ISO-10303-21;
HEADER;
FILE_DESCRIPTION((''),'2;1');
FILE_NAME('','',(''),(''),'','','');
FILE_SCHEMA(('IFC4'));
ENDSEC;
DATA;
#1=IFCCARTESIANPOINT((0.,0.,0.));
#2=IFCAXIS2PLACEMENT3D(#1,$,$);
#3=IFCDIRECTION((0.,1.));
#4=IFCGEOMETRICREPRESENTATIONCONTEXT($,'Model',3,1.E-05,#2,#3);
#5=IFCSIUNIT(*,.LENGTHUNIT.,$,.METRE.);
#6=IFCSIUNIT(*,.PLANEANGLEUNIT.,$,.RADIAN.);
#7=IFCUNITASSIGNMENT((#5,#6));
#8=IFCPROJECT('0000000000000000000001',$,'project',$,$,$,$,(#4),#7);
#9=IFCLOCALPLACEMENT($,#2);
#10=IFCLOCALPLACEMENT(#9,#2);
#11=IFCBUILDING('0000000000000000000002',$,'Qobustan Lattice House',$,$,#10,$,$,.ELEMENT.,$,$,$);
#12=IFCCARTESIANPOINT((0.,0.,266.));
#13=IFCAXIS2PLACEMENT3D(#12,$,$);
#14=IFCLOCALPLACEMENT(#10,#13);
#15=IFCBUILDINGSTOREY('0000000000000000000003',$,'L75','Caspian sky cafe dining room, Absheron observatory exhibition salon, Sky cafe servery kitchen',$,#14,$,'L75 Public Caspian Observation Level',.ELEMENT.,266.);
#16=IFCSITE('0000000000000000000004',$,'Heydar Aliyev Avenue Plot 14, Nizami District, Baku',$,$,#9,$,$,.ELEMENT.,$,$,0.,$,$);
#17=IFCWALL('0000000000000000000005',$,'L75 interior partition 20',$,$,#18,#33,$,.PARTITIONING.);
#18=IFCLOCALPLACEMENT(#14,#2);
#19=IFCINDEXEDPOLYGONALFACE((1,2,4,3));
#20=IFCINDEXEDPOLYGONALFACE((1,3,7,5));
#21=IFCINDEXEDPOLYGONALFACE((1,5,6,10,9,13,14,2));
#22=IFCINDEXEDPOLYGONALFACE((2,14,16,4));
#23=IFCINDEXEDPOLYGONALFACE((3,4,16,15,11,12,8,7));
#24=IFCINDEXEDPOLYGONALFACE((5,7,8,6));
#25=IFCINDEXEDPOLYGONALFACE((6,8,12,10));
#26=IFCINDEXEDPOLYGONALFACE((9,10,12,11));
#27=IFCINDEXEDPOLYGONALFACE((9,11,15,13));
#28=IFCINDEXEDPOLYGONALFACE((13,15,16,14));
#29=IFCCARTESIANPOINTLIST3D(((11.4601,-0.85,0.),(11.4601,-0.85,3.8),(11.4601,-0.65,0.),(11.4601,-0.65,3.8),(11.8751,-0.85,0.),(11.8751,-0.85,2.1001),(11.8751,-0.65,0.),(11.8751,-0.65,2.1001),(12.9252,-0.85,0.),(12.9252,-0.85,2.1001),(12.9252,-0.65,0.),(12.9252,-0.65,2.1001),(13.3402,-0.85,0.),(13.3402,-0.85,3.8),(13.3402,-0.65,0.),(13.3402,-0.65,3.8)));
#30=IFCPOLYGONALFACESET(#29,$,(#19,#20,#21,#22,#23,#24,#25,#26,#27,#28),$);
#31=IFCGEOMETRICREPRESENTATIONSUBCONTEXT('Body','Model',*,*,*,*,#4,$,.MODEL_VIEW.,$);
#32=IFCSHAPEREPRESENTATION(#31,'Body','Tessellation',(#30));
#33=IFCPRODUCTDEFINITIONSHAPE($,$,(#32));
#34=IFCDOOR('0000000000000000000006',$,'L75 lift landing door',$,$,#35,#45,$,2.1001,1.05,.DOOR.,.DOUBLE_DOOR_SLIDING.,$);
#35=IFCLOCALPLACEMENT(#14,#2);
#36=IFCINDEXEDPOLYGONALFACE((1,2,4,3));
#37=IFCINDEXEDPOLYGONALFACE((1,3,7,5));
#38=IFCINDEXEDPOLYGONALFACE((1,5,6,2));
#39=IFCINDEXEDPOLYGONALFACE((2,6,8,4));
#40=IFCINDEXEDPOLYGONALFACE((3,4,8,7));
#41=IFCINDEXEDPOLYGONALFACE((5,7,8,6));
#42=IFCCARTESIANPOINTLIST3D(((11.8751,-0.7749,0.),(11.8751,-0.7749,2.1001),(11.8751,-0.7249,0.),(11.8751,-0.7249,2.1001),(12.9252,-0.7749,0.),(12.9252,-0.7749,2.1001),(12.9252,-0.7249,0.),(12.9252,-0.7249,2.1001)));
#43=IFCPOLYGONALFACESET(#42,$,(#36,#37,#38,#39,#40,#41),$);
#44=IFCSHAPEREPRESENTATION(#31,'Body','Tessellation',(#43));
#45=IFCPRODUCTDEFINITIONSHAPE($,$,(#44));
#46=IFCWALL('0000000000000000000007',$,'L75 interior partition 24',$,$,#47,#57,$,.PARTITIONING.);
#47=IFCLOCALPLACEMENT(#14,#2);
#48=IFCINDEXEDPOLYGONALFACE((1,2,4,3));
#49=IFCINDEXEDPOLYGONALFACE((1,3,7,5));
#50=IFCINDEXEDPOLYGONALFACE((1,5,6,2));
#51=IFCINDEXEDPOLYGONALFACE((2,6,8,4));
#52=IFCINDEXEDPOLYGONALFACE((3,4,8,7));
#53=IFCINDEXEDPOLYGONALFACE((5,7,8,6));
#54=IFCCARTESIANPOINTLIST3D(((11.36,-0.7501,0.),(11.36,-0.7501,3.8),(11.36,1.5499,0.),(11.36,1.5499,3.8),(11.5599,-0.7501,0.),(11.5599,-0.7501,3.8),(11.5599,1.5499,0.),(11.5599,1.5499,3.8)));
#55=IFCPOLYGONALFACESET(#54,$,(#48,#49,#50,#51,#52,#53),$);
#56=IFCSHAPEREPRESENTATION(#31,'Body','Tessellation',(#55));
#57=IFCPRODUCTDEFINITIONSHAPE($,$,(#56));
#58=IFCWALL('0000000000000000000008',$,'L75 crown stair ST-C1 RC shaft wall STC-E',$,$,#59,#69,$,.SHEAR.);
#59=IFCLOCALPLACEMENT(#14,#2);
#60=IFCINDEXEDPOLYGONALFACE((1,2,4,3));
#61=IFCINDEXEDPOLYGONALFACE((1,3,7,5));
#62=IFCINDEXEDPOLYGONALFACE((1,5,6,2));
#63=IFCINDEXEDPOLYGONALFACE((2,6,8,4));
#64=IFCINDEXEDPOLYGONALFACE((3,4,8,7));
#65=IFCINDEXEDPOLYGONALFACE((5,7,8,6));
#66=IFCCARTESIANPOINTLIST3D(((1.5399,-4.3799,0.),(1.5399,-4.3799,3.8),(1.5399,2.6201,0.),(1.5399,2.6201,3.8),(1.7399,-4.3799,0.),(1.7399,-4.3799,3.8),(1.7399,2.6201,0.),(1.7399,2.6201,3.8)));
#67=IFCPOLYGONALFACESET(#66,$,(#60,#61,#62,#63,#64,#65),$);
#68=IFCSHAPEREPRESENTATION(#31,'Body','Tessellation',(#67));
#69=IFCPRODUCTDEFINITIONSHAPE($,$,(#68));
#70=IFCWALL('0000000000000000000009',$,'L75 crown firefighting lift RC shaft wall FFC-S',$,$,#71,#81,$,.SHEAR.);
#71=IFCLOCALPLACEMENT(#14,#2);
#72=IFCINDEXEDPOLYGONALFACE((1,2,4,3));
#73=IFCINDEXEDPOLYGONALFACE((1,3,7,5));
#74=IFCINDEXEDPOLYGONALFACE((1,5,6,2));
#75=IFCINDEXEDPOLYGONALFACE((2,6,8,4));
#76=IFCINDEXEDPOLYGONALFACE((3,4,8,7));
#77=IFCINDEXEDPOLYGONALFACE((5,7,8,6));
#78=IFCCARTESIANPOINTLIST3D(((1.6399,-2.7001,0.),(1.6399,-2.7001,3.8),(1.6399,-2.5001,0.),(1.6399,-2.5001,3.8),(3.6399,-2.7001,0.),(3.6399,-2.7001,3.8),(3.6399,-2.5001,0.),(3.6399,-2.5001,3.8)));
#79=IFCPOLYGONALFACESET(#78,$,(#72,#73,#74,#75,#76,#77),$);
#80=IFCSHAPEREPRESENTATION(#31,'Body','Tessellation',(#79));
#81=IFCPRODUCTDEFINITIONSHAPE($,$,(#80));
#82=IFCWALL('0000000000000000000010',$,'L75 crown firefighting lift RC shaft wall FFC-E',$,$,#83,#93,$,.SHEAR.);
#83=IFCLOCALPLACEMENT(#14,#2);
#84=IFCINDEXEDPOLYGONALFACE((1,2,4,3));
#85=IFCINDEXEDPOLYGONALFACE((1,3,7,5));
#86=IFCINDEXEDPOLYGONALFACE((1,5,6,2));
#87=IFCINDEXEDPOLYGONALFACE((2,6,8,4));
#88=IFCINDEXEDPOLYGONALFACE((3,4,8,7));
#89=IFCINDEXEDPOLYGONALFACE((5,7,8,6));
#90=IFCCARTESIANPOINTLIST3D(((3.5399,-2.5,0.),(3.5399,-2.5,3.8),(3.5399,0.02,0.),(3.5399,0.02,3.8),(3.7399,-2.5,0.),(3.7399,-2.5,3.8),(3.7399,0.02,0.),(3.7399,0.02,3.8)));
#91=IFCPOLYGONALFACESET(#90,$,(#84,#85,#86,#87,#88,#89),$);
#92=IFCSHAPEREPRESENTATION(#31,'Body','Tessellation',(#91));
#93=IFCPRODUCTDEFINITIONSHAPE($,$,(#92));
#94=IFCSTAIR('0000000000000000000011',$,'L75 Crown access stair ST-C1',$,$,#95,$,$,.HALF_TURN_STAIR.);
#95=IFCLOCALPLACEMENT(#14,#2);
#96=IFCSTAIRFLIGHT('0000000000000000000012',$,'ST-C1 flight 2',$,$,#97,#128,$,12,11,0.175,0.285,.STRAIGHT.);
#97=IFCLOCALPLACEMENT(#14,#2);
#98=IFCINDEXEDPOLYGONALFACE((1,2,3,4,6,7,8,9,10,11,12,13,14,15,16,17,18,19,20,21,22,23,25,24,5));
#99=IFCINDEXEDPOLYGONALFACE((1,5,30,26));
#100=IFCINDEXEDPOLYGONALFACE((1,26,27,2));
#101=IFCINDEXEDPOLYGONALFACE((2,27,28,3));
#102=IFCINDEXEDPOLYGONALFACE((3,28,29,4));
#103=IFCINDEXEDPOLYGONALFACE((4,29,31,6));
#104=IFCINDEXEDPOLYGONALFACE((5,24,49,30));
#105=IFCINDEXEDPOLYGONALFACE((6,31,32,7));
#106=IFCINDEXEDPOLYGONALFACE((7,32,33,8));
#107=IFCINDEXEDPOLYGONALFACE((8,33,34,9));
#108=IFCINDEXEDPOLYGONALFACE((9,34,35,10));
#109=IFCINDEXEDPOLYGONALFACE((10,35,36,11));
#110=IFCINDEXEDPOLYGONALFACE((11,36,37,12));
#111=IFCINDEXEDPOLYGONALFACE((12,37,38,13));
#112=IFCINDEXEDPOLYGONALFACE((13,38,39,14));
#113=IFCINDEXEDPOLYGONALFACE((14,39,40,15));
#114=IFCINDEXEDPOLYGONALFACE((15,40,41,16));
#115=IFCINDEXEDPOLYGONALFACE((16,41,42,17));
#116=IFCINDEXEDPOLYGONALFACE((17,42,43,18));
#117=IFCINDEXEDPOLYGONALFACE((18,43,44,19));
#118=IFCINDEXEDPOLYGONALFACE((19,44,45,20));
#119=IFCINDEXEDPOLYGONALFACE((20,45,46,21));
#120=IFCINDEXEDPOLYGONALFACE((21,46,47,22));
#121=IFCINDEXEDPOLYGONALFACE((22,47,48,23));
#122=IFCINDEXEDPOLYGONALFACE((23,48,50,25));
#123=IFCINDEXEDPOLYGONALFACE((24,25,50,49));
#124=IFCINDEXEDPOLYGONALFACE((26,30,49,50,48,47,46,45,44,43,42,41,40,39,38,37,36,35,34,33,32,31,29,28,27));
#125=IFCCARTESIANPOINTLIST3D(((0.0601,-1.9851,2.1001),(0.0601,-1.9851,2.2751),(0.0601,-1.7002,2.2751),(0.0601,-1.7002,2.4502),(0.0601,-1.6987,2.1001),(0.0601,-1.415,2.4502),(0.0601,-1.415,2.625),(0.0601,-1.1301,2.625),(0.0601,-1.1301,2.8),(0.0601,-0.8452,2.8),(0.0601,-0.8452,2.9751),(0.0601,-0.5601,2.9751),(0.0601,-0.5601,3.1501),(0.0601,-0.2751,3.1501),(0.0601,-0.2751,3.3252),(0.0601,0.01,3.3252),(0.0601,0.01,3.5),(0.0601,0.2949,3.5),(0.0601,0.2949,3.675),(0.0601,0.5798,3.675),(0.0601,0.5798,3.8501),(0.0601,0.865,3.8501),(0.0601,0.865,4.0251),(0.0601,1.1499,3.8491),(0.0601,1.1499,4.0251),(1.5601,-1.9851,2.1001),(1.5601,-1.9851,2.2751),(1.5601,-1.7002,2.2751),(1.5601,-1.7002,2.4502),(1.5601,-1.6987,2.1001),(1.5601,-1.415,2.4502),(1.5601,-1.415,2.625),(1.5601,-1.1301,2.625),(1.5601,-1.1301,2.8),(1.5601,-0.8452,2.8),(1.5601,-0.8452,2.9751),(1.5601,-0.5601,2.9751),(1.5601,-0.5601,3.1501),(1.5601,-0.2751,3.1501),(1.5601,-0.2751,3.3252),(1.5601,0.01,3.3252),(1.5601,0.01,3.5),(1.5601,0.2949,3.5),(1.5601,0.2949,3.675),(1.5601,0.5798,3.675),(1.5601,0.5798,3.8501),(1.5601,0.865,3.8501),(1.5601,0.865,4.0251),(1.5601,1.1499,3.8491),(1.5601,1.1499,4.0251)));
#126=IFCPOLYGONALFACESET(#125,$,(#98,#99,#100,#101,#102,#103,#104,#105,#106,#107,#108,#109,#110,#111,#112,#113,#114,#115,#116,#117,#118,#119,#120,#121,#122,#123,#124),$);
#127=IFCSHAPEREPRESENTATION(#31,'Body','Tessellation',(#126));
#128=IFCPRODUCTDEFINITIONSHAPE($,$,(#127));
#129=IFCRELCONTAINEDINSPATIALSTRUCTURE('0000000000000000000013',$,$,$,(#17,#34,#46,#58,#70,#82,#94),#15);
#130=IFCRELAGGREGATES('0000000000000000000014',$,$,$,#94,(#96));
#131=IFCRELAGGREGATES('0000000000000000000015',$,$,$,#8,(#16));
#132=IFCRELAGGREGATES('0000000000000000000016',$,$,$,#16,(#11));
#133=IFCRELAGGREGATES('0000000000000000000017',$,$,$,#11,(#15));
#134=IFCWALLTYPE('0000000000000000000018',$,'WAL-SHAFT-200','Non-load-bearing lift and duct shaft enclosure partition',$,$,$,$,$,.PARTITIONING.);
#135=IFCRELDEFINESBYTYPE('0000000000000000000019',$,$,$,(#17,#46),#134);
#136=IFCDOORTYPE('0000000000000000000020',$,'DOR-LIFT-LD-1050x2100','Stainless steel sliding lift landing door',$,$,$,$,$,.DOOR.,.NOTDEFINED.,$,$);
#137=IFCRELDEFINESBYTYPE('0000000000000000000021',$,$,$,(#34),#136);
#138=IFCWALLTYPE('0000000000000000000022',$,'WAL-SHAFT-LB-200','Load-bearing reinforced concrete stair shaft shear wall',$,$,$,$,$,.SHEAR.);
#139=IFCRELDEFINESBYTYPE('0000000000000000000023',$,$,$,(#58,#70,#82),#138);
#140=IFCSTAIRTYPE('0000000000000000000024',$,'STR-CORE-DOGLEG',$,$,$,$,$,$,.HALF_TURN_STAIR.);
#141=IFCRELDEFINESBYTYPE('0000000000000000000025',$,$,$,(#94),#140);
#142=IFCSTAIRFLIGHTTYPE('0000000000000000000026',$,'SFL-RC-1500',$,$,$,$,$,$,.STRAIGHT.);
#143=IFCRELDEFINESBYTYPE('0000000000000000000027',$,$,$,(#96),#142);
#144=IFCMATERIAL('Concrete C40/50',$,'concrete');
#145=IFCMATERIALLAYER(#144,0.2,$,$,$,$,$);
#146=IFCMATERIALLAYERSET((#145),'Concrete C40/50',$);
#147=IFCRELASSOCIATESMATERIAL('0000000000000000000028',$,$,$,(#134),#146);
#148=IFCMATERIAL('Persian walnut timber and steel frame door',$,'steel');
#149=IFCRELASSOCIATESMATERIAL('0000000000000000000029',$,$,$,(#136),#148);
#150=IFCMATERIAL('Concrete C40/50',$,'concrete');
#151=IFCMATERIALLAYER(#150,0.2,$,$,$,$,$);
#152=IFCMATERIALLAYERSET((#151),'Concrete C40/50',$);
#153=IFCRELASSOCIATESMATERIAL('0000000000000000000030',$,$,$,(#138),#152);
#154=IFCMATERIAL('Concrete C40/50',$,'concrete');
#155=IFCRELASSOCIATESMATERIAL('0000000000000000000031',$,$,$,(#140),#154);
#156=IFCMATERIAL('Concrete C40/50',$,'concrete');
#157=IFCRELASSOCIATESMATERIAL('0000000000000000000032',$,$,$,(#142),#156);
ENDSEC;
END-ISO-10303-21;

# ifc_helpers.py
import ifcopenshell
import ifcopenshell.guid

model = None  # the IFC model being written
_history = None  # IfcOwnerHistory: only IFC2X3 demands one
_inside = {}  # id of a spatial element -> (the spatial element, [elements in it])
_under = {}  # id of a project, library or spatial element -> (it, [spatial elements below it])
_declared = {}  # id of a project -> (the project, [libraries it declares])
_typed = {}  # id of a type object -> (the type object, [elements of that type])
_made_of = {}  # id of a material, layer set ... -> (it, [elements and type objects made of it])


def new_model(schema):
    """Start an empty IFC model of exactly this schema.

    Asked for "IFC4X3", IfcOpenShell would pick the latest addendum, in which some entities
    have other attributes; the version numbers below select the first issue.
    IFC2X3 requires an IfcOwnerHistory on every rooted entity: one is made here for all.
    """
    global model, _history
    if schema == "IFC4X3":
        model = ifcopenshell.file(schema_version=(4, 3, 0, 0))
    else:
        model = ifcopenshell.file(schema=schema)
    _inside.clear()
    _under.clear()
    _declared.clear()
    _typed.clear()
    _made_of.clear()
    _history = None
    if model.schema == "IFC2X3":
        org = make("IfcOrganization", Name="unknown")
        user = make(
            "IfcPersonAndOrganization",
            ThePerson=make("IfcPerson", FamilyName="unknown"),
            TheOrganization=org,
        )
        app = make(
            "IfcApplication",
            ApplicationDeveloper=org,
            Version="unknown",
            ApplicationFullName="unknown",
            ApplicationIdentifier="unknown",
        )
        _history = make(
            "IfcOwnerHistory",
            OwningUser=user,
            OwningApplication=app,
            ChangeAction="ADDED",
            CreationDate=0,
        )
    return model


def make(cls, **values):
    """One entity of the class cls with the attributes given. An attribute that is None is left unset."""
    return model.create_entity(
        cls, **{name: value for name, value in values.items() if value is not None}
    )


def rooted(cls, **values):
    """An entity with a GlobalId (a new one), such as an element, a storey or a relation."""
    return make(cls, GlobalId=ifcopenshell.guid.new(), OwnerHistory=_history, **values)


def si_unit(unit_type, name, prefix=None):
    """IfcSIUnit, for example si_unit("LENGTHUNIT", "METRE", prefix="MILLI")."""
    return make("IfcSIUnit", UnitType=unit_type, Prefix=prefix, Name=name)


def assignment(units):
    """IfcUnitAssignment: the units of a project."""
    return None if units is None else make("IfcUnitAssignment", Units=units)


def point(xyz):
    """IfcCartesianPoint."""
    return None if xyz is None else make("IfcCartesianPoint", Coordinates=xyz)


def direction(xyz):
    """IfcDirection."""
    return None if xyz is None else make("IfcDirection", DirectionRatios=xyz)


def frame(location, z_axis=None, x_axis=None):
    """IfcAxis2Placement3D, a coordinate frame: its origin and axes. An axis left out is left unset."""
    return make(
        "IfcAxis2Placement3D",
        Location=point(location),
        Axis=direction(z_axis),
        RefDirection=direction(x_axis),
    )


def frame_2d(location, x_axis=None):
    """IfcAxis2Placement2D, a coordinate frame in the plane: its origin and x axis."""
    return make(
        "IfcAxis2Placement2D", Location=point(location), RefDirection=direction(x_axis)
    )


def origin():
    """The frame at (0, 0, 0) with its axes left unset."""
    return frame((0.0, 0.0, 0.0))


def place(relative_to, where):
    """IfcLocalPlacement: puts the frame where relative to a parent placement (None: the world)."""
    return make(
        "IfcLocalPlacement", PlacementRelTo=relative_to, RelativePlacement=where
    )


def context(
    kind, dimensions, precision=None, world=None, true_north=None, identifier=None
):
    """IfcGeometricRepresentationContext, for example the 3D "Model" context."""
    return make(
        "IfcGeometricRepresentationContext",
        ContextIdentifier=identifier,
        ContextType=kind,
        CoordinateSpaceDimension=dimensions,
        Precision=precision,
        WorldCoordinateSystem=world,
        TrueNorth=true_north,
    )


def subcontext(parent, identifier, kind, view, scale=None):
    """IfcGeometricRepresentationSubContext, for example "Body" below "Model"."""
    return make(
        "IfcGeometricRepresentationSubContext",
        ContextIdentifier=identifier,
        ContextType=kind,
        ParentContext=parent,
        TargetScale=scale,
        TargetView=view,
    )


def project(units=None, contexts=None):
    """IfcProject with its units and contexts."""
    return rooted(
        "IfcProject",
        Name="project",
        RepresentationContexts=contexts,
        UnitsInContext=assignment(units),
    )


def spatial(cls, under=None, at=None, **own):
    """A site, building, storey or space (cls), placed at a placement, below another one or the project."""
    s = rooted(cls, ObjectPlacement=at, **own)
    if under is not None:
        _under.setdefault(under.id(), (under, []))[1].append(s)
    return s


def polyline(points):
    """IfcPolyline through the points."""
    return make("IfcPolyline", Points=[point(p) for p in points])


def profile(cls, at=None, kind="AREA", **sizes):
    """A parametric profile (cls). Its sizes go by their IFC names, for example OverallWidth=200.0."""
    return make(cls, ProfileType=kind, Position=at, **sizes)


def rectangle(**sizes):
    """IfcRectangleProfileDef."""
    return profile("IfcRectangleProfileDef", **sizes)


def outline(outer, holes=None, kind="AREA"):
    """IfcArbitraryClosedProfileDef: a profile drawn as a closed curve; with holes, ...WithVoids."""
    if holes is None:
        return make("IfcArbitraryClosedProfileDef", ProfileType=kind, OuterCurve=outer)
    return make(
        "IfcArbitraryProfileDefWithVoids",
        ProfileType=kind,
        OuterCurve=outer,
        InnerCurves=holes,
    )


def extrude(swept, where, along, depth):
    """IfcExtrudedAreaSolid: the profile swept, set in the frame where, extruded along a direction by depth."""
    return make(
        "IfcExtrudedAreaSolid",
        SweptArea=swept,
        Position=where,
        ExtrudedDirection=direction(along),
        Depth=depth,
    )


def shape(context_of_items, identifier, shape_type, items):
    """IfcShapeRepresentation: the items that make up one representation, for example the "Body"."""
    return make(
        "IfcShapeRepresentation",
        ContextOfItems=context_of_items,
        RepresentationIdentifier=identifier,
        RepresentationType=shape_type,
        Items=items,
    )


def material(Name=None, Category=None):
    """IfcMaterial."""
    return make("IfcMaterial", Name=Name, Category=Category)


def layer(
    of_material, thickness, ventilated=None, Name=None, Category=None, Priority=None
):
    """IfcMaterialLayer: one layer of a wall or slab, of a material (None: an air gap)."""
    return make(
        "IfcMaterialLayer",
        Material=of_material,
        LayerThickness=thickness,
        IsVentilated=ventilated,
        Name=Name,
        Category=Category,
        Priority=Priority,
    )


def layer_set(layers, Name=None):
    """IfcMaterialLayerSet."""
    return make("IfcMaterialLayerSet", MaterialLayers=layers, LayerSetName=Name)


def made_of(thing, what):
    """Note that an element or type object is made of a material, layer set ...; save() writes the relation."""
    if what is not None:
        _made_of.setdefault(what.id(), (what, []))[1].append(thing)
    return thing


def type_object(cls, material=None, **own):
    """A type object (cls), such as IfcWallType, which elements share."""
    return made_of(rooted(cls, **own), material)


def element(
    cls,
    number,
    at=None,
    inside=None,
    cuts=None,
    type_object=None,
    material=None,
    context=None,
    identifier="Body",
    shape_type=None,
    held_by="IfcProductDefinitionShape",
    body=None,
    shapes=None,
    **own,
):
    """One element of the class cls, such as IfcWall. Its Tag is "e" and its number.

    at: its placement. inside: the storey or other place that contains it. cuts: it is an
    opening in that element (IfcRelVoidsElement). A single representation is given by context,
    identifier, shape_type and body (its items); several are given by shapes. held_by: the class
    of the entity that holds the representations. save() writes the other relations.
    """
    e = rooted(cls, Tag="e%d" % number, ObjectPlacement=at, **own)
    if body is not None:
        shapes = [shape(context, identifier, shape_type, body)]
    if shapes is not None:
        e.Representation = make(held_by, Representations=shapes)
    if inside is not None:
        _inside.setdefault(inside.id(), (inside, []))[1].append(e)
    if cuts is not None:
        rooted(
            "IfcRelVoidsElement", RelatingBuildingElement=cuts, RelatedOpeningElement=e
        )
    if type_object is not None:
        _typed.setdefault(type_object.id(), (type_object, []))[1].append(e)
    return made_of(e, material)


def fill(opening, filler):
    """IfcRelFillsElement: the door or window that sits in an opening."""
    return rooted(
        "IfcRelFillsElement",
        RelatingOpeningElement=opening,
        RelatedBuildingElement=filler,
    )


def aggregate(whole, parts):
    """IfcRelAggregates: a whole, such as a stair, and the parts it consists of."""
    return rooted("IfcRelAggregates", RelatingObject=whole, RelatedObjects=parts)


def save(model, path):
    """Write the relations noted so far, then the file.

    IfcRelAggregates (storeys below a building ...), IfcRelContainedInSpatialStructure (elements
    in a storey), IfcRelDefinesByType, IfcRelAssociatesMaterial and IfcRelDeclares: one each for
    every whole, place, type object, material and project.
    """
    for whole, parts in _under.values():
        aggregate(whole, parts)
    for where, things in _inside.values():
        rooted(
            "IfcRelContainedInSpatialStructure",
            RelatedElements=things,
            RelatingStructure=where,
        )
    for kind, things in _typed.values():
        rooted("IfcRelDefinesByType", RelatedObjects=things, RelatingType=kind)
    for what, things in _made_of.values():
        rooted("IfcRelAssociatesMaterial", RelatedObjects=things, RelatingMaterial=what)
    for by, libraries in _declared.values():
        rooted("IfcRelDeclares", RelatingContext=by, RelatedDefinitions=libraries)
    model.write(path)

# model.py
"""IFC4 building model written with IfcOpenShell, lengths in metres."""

from ifc_helpers import new_model, si_unit, direction, frame, frame_2d, origin, place, context, subcontext, project, spatial, polyline, rectangle, outline, extrude, material, layer, layer_set, type_object, element, fill, aggregate, save


model = new_model("IFC4")

# Units and contexts
model_context = context("Model", 3, precision=1e-05, world=origin(), true_north=direction((0.0, 1.0)))
body_context = subcontext(model_context, "Body", "Model", "MODEL_VIEW")
ifc_project = project(units=[si_unit("LENGTHUNIT", "METRE"), si_unit("PLANEANGLEUNIT", "RADIAN")], contexts=[model_context])

# Site, building, storey
site_placement = place(None, origin())
site = spatial("IfcSite", under=ifc_project, at=site_placement, Name="Heydar Aliyev Avenue Plot 14, Nizami District, Baku", CompositionType="ELEMENT", RefElevation=0.0)
building_placement = place(site_placement, origin())
building = spatial("IfcBuilding", under=site, at=building_placement, Name="Qobustan Lattice House", CompositionType="ELEMENT")
storey_placement = place(building_placement, frame((0.0, 0.0, 266.0)))
storey = spatial("IfcBuildingStorey", under=building, at=storey_placement, Name="L75", Description="Caspian sky cafe dining room, Absheron observatory exhibition salon, Sky cafe servery kitchen", LongName="L75 Public Caspian Observation Level", CompositionType="ELEMENT", Elevation=266.0)

# Wall, opening, door
ifc_material_1 = material(Name="Concrete C40/50", Category="concrete")
ifc_layer_1 = layer(ifc_material_1, 0.2)
ifc_layer_set_1 = layer_set([ifc_layer_1], Name="Concrete C40/50")
wall_type_1 = type_object("IfcWallType", Name="WAL-SHAFT-200", Description="Non-load-bearing lift and duct shaft enclosure partition", PredefinedType="PARTITIONING", material=ifc_layer_set_1)
ifc_material_2 = material(Name="Persian walnut timber and steel frame door", Category="steel")
door_type_1 = type_object("IfcDoorType", Name="DOR-LIFT-LD-1050x2100", Description="Stainless steel sliding lift landing door", OperationType="NOTDEFINED", PredefinedType="DOOR", material=ifc_material_2)
wall_1_placement = place(storey_placement, frame((13.3401, -0.75, 0.0), z_axis=(0.0, 0.0, 1.0), x_axis=(-1.0, 0.0, 0.0)))
wall_1 = element("IfcWall", 1, at=wall_1_placement, inside=storey, type_object=wall_type_1, Name="L75 interior partition 20", PredefinedType="PARTITIONING", context=body_context, shape_type="SweptSolid", body=[
    extrude(rectangle(XDim=1.8801, YDim=0.2, at=frame_2d((0.9399, 0.0))), origin(), (0.0, 0.0, 1.0), 3.8),
])
opening_1_placement = place(wall_1_placement, frame((0.415, 0.0, 0.0)))
opening_1 = element("IfcOpeningElement", 2, at=opening_1_placement, cuts=wall_1, PredefinedType="OPENING", context=body_context, shape_type="SweptSolid", body=[
    extrude(rectangle(XDim=1.05, YDim=2.1001, at=frame_2d((0.5249, 1.05))), frame((0.0, 0.1099, 0.0), z_axis=(0.0, -1.0, 0.0), x_axis=(1.0, 0.0, 0.0)), (0.0, 0.0, 1.0), 0.22),
])
door_1_placement = place(opening_1_placement, origin())
door_1 = element("IfcDoor", 3, at=door_1_placement, inside=storey, type_object=door_type_1, Name="L75 lift landing door", OperationType="DOUBLE_DOOR_SLIDING", OverallHeight=2.1001, OverallWidth=1.05, PredefinedType="DOOR", context=body_context, shape_type="SweptSolid", body=[
    extrude(rectangle(XDim=1.05, YDim=2.1001, at=frame_2d((0.5249, 1.05))), frame((0.0, 0.0249, 0.0), z_axis=(0.0, -1.0, 0.0), x_axis=(1.0, 0.0, 0.0)), (0.0, 0.0, 1.0), 0.05),
])
fill(opening_1, door_1)

# Walls
wall_2_placement = place(storey_placement, frame((11.46, -0.75, 0.0), z_axis=(0.0, 0.0, 1.0), x_axis=(0.0, 1.0, 0.0)))
element("IfcWall", 4, at=wall_2_placement, inside=storey, type_object=wall_type_1, Name="L75 interior partition 24", PredefinedType="PARTITIONING", context=body_context, shape_type="SweptSolid", body=[
    extrude(rectangle(XDim=2.3, YDim=0.2, at=frame_2d((1.1499, 0.0))), origin(), (0.0, 0.0, 1.0), 3.8),
])
ifc_material_3 = material(Name="Concrete C40/50", Category="concrete")
ifc_layer_2 = layer(ifc_material_3, 0.2)
ifc_layer_set_2 = layer_set([ifc_layer_2], Name="Concrete C40/50")
wall_type_2 = type_object("IfcWallType", Name="WAL-SHAFT-LB-200", Description="Load-bearing reinforced concrete stair shaft shear wall", PredefinedType="SHEAR", material=ifc_layer_set_2)
wall_3_placement = place(storey_placement, frame((1.6399, -4.3799, 0.0), z_axis=(0.0, 0.0, 1.0), x_axis=(0.0, 1.0, 0.0)))
element("IfcWall", 5, at=wall_3_placement, inside=storey, type_object=wall_type_2, Name="L75 crown stair ST-C1 RC shaft wall STC-E", PredefinedType="SHEAR", context=body_context, shape_type="SweptSolid", body=[
    extrude(rectangle(XDim=7.0, YDim=0.2, at=frame_2d((3.5, 0.0))), origin(), (0.0, 0.0, 1.0), 3.8),
])
wall_4_placement = place(storey_placement, frame((1.6399, -2.6001, 0.0), z_axis=(0.0, 0.0, 1.0), x_axis=(1.0, 0.0, 0.0)))
element("IfcWall", 6, at=wall_4_placement, inside=storey, type_object=wall_type_2, Name="L75 crown firefighting lift RC shaft wall FFC-S", PredefinedType="SHEAR", context=body_context, shape_type="SweptSolid", body=[
    extrude(rectangle(XDim=2.0, YDim=0.2, at=frame_2d((1.0, 0.0))), origin(), (0.0, 0.0, 1.0), 3.8),
])
wall_5_placement = place(storey_placement, frame((3.6399, -2.5, 0.0), z_axis=(0.0, 0.0, 1.0), x_axis=(0.0, 1.0, 0.0)))
element("IfcWall", 7, at=wall_5_placement, inside=storey, type_object=wall_type_2, Name="L75 crown firefighting lift RC shaft wall FFC-E", PredefinedType="SHEAR", context=body_context, shape_type="SweptSolid", body=[
    extrude(rectangle(XDim=2.52, YDim=0.2, at=frame_2d((1.26, 0.0))), origin(), (0.0, 0.0, 1.0), 3.8),
])

# Stair, stair flight
ifc_material_4 = material(Name="Concrete C40/50", Category="concrete")
stair_type = type_object("IfcStairType", Name="STR-CORE-DOGLEG", PredefinedType="HALF_TURN_STAIR", material=ifc_material_4)
stair_placement = place(storey_placement, origin())
stair = element("IfcStair", 8, at=stair_placement, inside=storey, type_object=stair_type, Name="L75 Crown access stair ST-C1", PredefinedType="HALF_TURN_STAIR")
ifc_material_5 = material(Name="Concrete C40/50", Category="concrete")
stair_flight_type = type_object("IfcStairFlightType", Name="SFL-RC-1500", PredefinedType="STRAIGHT", material=ifc_material_5)
stair_flight_placement = place(storey_placement, frame((0.8101, -1.9851, 2.1001), z_axis=(0.0, 0.0, 1.0), x_axis=(0.0, 1.0, 0.0)))
stair_flight = element("IfcStairFlight", 9, at=stair_flight_placement, type_object=stair_flight_type, Name="ST-C1 flight 2", NumberOfRisers=12, NumberOfTreads=11, PredefinedType="STRAIGHT", RiserHeight=0.175, TreadLength=0.285, context=body_context, shape_type="SweptSolid", body=[
    extrude(outline(polyline([(0.0, 0.0), (0.0, 0.175), (0.2849, 0.175), (0.2849, 0.3501), (0.5701, 0.3501), (0.5701, 0.5249), (0.855, 0.5249), (0.855, 0.7), (1.1399, 0.7), (1.1399, 0.875), (1.425, 0.875), (1.425, 1.05), (1.71, 1.05), (1.71, 1.2251), (1.9951, 1.2251), (1.9951, 1.3999), (2.28, 1.3999), (2.28, 1.575), (2.5649, 1.575), (2.5649, 1.75), (2.8501, 1.75), (2.8501, 1.925), (3.135, 1.925), (3.135, 2.1001), (3.135, 1.749), (0.2864, 0.0), (0.0, 0.0)])), frame((0.0, 0.75, 0.0), z_axis=(0.0, -1.0, 0.0), x_axis=(1.0, 0.0, 0.0)), (0.0, 0.0, 1.0), 1.5),
])
aggregate(stair, [stair_flight])

save(model, "model.ifc")
